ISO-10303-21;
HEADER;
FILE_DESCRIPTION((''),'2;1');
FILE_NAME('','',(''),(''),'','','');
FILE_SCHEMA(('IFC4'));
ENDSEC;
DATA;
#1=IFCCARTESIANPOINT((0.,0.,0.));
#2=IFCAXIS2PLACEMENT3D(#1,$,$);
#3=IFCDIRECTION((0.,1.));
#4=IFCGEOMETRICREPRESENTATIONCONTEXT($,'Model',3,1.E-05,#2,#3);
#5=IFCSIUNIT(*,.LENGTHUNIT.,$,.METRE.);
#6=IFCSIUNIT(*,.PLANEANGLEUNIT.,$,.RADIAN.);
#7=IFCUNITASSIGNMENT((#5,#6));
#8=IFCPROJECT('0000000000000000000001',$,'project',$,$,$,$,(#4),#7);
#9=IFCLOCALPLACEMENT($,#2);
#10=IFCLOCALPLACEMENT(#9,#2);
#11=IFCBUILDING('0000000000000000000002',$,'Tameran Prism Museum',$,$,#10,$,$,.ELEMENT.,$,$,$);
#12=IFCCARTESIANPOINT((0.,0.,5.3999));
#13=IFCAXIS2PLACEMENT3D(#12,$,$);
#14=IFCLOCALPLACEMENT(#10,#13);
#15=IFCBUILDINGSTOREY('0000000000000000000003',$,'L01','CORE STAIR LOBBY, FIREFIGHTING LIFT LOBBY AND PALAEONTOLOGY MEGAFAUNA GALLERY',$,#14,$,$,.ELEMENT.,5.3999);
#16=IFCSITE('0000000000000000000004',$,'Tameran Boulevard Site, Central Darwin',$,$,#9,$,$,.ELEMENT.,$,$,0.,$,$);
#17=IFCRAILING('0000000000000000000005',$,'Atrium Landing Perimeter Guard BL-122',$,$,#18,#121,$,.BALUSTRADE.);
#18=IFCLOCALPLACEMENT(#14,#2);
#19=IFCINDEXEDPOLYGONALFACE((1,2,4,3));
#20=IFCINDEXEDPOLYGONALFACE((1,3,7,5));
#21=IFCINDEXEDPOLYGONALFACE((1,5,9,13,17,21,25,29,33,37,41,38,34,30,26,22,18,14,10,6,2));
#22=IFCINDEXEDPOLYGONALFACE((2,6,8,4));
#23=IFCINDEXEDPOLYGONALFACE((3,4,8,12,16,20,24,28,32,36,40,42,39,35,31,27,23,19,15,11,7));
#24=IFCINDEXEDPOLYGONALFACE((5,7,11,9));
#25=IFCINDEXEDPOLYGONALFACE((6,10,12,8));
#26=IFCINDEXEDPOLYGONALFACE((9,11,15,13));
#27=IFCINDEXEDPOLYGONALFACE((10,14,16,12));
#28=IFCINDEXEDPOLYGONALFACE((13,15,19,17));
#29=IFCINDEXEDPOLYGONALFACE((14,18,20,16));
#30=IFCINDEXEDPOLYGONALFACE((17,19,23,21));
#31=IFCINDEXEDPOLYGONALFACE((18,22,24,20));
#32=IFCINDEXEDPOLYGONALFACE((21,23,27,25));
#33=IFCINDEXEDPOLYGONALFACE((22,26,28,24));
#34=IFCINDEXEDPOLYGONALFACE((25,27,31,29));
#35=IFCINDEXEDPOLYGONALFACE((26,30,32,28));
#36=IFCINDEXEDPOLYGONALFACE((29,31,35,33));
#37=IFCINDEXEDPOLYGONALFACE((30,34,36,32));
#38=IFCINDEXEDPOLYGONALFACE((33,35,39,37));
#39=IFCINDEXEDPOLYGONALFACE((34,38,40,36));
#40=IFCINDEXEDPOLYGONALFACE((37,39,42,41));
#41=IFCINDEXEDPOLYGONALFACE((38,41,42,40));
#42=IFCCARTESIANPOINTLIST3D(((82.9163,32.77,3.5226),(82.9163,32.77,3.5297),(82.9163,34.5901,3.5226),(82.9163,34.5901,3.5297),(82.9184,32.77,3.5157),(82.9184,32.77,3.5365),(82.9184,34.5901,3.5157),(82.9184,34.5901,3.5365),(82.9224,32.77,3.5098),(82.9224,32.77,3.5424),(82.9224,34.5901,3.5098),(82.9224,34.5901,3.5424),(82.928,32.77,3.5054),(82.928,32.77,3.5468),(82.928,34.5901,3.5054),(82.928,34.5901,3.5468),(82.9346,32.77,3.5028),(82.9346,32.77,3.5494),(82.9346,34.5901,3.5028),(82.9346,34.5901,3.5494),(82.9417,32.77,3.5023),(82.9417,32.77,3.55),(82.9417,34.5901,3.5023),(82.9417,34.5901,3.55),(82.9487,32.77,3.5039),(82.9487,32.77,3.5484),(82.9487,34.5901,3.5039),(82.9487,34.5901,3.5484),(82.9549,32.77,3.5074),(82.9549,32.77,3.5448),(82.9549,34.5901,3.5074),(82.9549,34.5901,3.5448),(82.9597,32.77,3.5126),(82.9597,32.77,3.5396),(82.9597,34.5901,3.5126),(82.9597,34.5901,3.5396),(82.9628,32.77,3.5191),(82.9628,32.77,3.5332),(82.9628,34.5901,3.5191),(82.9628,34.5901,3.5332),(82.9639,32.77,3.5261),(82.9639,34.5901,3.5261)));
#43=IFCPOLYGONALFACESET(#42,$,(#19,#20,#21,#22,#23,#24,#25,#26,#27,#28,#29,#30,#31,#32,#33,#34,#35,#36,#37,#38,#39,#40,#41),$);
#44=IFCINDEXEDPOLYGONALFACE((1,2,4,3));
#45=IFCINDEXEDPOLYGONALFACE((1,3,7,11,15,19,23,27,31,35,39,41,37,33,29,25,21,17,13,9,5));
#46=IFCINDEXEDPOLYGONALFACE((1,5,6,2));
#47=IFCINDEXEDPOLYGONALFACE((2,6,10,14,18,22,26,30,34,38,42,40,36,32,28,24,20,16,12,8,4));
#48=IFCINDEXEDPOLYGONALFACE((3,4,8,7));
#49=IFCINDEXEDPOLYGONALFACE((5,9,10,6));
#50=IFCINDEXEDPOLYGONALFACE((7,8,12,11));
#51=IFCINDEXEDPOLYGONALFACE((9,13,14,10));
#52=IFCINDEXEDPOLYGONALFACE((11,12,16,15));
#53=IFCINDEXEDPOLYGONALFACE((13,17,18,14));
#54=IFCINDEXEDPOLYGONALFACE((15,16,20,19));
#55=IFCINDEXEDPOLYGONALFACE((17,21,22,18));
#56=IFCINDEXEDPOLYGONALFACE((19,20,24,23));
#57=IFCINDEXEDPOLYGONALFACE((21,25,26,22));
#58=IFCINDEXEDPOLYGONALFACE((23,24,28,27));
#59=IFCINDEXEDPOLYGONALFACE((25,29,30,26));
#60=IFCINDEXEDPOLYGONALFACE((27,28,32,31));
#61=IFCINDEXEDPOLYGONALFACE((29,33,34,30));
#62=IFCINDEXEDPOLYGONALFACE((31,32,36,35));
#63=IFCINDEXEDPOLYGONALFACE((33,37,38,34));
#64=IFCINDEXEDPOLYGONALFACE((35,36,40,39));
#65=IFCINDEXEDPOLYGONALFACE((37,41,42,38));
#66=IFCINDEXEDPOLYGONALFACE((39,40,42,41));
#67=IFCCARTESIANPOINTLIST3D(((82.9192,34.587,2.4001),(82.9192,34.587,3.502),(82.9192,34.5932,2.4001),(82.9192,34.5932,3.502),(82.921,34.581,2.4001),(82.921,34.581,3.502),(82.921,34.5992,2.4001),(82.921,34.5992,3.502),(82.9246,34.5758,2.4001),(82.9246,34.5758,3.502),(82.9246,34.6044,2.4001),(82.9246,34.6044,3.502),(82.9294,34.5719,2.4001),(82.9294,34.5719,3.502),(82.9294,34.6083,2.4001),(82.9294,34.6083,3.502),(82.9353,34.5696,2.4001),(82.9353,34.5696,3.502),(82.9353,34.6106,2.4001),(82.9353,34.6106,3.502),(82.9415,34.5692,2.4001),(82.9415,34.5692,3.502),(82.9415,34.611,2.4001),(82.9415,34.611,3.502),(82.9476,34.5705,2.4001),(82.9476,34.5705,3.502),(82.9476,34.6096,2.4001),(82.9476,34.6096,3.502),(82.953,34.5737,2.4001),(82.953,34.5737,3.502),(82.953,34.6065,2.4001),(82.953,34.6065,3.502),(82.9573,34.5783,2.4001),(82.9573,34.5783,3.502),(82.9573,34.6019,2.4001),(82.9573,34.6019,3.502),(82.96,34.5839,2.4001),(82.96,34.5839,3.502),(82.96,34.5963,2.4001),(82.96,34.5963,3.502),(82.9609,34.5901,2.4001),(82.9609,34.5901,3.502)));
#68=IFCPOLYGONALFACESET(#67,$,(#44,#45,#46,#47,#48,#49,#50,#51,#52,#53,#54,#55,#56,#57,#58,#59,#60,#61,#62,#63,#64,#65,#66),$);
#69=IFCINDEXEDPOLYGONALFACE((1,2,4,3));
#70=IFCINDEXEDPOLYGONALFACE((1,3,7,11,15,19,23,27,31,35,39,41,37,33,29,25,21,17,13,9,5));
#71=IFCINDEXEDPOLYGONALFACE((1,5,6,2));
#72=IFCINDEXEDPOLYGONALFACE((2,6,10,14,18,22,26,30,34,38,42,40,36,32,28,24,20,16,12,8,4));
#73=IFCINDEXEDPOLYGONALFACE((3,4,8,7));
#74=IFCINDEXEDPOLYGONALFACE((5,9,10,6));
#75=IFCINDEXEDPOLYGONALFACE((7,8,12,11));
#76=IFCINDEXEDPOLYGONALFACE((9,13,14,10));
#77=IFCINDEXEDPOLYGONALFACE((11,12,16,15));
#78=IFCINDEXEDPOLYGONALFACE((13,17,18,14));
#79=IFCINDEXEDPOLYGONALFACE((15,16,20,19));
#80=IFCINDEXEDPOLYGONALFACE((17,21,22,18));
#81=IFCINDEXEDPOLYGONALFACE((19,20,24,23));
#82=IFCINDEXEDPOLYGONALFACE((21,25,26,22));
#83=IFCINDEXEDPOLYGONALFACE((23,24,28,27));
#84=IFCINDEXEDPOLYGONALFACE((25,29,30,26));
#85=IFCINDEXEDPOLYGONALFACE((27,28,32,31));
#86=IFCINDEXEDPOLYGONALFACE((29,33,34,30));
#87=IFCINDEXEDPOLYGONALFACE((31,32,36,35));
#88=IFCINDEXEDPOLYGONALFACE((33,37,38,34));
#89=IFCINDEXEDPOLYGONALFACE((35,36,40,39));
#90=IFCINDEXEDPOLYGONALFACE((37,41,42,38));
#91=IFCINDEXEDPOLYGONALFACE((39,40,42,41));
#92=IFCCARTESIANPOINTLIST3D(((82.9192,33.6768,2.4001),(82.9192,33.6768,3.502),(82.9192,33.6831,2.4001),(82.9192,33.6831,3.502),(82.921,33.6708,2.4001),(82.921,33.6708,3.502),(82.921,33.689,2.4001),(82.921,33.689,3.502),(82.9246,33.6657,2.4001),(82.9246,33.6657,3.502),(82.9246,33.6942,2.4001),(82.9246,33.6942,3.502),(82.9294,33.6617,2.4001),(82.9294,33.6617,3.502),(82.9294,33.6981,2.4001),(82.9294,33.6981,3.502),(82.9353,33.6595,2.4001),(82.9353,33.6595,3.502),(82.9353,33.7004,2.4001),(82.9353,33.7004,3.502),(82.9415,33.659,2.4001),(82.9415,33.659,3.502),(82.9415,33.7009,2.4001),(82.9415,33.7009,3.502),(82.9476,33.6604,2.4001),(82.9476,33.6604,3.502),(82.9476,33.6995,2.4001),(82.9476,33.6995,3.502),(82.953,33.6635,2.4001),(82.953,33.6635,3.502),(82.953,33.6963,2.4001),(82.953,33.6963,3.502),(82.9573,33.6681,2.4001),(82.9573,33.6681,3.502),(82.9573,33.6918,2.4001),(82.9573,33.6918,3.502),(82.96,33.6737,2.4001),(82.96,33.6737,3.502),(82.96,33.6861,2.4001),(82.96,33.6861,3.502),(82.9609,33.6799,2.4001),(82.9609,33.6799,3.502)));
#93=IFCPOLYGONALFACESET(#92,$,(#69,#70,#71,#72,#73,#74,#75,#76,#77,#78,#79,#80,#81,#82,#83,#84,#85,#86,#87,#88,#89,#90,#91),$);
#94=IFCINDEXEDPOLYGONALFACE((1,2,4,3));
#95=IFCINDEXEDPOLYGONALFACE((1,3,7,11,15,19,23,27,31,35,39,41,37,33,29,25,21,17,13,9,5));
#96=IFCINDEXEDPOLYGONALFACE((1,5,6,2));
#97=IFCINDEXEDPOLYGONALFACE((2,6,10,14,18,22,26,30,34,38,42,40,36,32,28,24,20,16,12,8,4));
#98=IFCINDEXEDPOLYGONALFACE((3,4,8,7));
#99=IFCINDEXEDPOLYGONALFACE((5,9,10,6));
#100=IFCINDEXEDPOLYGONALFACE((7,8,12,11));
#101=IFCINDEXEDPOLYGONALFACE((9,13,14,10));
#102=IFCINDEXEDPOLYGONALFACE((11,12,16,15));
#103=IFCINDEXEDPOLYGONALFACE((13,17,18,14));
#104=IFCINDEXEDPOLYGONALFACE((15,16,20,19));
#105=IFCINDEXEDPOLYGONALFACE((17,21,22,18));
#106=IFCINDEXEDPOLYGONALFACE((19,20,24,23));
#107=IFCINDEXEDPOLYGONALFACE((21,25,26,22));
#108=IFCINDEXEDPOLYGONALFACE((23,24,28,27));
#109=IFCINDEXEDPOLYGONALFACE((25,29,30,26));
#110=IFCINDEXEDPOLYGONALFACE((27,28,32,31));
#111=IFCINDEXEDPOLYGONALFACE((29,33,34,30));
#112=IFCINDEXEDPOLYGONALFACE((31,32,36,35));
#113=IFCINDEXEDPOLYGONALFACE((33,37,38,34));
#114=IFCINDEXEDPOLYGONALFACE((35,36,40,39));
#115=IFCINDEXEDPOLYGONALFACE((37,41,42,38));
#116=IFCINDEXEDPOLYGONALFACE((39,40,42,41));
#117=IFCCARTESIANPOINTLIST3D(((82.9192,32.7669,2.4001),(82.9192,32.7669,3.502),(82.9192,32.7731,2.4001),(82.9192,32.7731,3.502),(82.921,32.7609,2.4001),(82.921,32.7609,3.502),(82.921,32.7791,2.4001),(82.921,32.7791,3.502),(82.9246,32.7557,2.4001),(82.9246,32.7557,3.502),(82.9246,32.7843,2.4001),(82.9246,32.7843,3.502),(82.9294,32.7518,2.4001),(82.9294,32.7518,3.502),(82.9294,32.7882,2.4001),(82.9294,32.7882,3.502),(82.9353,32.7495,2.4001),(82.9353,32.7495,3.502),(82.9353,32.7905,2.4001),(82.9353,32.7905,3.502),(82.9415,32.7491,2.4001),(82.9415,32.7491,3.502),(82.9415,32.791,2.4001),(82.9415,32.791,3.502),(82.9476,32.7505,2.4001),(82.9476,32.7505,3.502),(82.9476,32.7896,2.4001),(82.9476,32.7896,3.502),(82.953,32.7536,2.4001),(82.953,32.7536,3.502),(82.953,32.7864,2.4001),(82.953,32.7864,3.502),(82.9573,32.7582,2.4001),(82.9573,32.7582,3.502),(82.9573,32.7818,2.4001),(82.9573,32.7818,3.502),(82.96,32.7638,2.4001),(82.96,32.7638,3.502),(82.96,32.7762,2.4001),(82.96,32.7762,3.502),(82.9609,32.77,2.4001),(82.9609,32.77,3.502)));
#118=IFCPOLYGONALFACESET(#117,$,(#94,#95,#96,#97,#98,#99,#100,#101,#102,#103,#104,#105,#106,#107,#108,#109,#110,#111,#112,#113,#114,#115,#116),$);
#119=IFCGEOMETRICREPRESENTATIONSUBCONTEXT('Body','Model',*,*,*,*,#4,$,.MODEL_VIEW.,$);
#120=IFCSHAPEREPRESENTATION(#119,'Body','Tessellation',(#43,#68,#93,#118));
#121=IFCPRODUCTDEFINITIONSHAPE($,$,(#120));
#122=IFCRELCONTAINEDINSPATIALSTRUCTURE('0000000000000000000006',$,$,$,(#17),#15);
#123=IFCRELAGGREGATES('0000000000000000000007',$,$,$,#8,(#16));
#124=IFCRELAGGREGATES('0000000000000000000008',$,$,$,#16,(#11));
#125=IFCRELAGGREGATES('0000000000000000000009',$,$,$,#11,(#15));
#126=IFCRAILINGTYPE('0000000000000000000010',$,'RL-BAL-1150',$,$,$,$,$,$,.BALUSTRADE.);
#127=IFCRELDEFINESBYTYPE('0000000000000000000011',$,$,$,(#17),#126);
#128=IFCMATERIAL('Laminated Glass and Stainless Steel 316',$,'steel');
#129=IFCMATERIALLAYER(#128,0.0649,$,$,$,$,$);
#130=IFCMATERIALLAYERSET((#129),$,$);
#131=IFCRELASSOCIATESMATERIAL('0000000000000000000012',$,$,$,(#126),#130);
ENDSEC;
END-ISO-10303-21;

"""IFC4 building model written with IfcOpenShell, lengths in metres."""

from ifc_helpers import new_model, si_unit, direction, frame, origin, origin_2d, place, context, subcontext, project, spatial, circle, extrude, material, layer, layer_set, type_object, element, save


model = new_model("IFC4")

# Units and contexts
model_context = context("Model", 3, precision=1e-05, world=origin(), true_north=direction((0.0, 1.0)))
body_context = subcontext(model_context, "Body", "Model", "MODEL_VIEW")
ifc_project = project(units=[si_unit("LENGTHUNIT", "METRE"), si_unit("PLANEANGLEUNIT", "RADIAN")], contexts=[model_context])

# Site, building, storey
site_placement = place(None, origin())
site = spatial("IfcSite", under=ifc_project, at=site_placement, Name="Tameran Boulevard Site, Central Darwin", CompositionType="ELEMENT", RefElevation=0.0)
building_placement = place(site_placement, origin())
building = spatial("IfcBuilding", under=site, at=building_placement, Name="Tameran Prism Museum", CompositionType="ELEMENT")
storey_placement = place(building_placement, frame((0.0, 0.0, 5.3999)))
storey = spatial("IfcBuildingStorey", under=building, at=storey_placement, Name="L01", Description="CORE STAIR LOBBY, FIREFIGHTING LIFT LOBBY AND PALAEONTOLOGY MEGAFAUNA GALLERY", CompositionType="ELEMENT", Elevation=5.3999)

# Railing
ifc_material_1 = material(Name="Laminated Glass and Stainless Steel 316", Category="steel")
ifc_layer_1 = layer(ifc_material_1, 0.0649)
ifc_layer_set_1 = layer_set([ifc_layer_1])
railing_type = type_object("IfcRailingType", Name="RL-BAL-1150", PredefinedType="BALUSTRADE", material=ifc_layer_set_1)
railing_1_placement = place(storey_placement, frame((82.9399, 34.5901, 2.4001)))
element("IfcRailing", 1, at=railing_1_placement, inside=storey, type_object=railing_type, Name="Atrium Landing Perimeter Guard BL-122", PredefinedType="BALUSTRADE", context=body_context, shape_type="SweptSolid", body=[
    extrude(circle(Radius=0.0239, at=origin_2d()), frame((0.0, 0.0, 1.126), z_axis=(0.0, -1.0, 0.0), x_axis=(1.0, 0.0, 0.0)), (0.0, 0.0, 1.0), 1.8201),
    extrude(circle(Radius=0.021, at=origin_2d()), origin(), (0.0, 0.0, 1.0), 1.1018),
    extrude(circle(Radius=0.021, at=origin_2d()), frame((0.0, -0.9102, 0.0)), (0.0, 0.0, 1.0), 1.1018),
    extrude(circle(Radius=0.021, at=origin_2d()), frame((0.0, -1.8201, 0.0)), (0.0, 0.0, 1.0), 1.1018),
])

save(model, "model.ifc")
